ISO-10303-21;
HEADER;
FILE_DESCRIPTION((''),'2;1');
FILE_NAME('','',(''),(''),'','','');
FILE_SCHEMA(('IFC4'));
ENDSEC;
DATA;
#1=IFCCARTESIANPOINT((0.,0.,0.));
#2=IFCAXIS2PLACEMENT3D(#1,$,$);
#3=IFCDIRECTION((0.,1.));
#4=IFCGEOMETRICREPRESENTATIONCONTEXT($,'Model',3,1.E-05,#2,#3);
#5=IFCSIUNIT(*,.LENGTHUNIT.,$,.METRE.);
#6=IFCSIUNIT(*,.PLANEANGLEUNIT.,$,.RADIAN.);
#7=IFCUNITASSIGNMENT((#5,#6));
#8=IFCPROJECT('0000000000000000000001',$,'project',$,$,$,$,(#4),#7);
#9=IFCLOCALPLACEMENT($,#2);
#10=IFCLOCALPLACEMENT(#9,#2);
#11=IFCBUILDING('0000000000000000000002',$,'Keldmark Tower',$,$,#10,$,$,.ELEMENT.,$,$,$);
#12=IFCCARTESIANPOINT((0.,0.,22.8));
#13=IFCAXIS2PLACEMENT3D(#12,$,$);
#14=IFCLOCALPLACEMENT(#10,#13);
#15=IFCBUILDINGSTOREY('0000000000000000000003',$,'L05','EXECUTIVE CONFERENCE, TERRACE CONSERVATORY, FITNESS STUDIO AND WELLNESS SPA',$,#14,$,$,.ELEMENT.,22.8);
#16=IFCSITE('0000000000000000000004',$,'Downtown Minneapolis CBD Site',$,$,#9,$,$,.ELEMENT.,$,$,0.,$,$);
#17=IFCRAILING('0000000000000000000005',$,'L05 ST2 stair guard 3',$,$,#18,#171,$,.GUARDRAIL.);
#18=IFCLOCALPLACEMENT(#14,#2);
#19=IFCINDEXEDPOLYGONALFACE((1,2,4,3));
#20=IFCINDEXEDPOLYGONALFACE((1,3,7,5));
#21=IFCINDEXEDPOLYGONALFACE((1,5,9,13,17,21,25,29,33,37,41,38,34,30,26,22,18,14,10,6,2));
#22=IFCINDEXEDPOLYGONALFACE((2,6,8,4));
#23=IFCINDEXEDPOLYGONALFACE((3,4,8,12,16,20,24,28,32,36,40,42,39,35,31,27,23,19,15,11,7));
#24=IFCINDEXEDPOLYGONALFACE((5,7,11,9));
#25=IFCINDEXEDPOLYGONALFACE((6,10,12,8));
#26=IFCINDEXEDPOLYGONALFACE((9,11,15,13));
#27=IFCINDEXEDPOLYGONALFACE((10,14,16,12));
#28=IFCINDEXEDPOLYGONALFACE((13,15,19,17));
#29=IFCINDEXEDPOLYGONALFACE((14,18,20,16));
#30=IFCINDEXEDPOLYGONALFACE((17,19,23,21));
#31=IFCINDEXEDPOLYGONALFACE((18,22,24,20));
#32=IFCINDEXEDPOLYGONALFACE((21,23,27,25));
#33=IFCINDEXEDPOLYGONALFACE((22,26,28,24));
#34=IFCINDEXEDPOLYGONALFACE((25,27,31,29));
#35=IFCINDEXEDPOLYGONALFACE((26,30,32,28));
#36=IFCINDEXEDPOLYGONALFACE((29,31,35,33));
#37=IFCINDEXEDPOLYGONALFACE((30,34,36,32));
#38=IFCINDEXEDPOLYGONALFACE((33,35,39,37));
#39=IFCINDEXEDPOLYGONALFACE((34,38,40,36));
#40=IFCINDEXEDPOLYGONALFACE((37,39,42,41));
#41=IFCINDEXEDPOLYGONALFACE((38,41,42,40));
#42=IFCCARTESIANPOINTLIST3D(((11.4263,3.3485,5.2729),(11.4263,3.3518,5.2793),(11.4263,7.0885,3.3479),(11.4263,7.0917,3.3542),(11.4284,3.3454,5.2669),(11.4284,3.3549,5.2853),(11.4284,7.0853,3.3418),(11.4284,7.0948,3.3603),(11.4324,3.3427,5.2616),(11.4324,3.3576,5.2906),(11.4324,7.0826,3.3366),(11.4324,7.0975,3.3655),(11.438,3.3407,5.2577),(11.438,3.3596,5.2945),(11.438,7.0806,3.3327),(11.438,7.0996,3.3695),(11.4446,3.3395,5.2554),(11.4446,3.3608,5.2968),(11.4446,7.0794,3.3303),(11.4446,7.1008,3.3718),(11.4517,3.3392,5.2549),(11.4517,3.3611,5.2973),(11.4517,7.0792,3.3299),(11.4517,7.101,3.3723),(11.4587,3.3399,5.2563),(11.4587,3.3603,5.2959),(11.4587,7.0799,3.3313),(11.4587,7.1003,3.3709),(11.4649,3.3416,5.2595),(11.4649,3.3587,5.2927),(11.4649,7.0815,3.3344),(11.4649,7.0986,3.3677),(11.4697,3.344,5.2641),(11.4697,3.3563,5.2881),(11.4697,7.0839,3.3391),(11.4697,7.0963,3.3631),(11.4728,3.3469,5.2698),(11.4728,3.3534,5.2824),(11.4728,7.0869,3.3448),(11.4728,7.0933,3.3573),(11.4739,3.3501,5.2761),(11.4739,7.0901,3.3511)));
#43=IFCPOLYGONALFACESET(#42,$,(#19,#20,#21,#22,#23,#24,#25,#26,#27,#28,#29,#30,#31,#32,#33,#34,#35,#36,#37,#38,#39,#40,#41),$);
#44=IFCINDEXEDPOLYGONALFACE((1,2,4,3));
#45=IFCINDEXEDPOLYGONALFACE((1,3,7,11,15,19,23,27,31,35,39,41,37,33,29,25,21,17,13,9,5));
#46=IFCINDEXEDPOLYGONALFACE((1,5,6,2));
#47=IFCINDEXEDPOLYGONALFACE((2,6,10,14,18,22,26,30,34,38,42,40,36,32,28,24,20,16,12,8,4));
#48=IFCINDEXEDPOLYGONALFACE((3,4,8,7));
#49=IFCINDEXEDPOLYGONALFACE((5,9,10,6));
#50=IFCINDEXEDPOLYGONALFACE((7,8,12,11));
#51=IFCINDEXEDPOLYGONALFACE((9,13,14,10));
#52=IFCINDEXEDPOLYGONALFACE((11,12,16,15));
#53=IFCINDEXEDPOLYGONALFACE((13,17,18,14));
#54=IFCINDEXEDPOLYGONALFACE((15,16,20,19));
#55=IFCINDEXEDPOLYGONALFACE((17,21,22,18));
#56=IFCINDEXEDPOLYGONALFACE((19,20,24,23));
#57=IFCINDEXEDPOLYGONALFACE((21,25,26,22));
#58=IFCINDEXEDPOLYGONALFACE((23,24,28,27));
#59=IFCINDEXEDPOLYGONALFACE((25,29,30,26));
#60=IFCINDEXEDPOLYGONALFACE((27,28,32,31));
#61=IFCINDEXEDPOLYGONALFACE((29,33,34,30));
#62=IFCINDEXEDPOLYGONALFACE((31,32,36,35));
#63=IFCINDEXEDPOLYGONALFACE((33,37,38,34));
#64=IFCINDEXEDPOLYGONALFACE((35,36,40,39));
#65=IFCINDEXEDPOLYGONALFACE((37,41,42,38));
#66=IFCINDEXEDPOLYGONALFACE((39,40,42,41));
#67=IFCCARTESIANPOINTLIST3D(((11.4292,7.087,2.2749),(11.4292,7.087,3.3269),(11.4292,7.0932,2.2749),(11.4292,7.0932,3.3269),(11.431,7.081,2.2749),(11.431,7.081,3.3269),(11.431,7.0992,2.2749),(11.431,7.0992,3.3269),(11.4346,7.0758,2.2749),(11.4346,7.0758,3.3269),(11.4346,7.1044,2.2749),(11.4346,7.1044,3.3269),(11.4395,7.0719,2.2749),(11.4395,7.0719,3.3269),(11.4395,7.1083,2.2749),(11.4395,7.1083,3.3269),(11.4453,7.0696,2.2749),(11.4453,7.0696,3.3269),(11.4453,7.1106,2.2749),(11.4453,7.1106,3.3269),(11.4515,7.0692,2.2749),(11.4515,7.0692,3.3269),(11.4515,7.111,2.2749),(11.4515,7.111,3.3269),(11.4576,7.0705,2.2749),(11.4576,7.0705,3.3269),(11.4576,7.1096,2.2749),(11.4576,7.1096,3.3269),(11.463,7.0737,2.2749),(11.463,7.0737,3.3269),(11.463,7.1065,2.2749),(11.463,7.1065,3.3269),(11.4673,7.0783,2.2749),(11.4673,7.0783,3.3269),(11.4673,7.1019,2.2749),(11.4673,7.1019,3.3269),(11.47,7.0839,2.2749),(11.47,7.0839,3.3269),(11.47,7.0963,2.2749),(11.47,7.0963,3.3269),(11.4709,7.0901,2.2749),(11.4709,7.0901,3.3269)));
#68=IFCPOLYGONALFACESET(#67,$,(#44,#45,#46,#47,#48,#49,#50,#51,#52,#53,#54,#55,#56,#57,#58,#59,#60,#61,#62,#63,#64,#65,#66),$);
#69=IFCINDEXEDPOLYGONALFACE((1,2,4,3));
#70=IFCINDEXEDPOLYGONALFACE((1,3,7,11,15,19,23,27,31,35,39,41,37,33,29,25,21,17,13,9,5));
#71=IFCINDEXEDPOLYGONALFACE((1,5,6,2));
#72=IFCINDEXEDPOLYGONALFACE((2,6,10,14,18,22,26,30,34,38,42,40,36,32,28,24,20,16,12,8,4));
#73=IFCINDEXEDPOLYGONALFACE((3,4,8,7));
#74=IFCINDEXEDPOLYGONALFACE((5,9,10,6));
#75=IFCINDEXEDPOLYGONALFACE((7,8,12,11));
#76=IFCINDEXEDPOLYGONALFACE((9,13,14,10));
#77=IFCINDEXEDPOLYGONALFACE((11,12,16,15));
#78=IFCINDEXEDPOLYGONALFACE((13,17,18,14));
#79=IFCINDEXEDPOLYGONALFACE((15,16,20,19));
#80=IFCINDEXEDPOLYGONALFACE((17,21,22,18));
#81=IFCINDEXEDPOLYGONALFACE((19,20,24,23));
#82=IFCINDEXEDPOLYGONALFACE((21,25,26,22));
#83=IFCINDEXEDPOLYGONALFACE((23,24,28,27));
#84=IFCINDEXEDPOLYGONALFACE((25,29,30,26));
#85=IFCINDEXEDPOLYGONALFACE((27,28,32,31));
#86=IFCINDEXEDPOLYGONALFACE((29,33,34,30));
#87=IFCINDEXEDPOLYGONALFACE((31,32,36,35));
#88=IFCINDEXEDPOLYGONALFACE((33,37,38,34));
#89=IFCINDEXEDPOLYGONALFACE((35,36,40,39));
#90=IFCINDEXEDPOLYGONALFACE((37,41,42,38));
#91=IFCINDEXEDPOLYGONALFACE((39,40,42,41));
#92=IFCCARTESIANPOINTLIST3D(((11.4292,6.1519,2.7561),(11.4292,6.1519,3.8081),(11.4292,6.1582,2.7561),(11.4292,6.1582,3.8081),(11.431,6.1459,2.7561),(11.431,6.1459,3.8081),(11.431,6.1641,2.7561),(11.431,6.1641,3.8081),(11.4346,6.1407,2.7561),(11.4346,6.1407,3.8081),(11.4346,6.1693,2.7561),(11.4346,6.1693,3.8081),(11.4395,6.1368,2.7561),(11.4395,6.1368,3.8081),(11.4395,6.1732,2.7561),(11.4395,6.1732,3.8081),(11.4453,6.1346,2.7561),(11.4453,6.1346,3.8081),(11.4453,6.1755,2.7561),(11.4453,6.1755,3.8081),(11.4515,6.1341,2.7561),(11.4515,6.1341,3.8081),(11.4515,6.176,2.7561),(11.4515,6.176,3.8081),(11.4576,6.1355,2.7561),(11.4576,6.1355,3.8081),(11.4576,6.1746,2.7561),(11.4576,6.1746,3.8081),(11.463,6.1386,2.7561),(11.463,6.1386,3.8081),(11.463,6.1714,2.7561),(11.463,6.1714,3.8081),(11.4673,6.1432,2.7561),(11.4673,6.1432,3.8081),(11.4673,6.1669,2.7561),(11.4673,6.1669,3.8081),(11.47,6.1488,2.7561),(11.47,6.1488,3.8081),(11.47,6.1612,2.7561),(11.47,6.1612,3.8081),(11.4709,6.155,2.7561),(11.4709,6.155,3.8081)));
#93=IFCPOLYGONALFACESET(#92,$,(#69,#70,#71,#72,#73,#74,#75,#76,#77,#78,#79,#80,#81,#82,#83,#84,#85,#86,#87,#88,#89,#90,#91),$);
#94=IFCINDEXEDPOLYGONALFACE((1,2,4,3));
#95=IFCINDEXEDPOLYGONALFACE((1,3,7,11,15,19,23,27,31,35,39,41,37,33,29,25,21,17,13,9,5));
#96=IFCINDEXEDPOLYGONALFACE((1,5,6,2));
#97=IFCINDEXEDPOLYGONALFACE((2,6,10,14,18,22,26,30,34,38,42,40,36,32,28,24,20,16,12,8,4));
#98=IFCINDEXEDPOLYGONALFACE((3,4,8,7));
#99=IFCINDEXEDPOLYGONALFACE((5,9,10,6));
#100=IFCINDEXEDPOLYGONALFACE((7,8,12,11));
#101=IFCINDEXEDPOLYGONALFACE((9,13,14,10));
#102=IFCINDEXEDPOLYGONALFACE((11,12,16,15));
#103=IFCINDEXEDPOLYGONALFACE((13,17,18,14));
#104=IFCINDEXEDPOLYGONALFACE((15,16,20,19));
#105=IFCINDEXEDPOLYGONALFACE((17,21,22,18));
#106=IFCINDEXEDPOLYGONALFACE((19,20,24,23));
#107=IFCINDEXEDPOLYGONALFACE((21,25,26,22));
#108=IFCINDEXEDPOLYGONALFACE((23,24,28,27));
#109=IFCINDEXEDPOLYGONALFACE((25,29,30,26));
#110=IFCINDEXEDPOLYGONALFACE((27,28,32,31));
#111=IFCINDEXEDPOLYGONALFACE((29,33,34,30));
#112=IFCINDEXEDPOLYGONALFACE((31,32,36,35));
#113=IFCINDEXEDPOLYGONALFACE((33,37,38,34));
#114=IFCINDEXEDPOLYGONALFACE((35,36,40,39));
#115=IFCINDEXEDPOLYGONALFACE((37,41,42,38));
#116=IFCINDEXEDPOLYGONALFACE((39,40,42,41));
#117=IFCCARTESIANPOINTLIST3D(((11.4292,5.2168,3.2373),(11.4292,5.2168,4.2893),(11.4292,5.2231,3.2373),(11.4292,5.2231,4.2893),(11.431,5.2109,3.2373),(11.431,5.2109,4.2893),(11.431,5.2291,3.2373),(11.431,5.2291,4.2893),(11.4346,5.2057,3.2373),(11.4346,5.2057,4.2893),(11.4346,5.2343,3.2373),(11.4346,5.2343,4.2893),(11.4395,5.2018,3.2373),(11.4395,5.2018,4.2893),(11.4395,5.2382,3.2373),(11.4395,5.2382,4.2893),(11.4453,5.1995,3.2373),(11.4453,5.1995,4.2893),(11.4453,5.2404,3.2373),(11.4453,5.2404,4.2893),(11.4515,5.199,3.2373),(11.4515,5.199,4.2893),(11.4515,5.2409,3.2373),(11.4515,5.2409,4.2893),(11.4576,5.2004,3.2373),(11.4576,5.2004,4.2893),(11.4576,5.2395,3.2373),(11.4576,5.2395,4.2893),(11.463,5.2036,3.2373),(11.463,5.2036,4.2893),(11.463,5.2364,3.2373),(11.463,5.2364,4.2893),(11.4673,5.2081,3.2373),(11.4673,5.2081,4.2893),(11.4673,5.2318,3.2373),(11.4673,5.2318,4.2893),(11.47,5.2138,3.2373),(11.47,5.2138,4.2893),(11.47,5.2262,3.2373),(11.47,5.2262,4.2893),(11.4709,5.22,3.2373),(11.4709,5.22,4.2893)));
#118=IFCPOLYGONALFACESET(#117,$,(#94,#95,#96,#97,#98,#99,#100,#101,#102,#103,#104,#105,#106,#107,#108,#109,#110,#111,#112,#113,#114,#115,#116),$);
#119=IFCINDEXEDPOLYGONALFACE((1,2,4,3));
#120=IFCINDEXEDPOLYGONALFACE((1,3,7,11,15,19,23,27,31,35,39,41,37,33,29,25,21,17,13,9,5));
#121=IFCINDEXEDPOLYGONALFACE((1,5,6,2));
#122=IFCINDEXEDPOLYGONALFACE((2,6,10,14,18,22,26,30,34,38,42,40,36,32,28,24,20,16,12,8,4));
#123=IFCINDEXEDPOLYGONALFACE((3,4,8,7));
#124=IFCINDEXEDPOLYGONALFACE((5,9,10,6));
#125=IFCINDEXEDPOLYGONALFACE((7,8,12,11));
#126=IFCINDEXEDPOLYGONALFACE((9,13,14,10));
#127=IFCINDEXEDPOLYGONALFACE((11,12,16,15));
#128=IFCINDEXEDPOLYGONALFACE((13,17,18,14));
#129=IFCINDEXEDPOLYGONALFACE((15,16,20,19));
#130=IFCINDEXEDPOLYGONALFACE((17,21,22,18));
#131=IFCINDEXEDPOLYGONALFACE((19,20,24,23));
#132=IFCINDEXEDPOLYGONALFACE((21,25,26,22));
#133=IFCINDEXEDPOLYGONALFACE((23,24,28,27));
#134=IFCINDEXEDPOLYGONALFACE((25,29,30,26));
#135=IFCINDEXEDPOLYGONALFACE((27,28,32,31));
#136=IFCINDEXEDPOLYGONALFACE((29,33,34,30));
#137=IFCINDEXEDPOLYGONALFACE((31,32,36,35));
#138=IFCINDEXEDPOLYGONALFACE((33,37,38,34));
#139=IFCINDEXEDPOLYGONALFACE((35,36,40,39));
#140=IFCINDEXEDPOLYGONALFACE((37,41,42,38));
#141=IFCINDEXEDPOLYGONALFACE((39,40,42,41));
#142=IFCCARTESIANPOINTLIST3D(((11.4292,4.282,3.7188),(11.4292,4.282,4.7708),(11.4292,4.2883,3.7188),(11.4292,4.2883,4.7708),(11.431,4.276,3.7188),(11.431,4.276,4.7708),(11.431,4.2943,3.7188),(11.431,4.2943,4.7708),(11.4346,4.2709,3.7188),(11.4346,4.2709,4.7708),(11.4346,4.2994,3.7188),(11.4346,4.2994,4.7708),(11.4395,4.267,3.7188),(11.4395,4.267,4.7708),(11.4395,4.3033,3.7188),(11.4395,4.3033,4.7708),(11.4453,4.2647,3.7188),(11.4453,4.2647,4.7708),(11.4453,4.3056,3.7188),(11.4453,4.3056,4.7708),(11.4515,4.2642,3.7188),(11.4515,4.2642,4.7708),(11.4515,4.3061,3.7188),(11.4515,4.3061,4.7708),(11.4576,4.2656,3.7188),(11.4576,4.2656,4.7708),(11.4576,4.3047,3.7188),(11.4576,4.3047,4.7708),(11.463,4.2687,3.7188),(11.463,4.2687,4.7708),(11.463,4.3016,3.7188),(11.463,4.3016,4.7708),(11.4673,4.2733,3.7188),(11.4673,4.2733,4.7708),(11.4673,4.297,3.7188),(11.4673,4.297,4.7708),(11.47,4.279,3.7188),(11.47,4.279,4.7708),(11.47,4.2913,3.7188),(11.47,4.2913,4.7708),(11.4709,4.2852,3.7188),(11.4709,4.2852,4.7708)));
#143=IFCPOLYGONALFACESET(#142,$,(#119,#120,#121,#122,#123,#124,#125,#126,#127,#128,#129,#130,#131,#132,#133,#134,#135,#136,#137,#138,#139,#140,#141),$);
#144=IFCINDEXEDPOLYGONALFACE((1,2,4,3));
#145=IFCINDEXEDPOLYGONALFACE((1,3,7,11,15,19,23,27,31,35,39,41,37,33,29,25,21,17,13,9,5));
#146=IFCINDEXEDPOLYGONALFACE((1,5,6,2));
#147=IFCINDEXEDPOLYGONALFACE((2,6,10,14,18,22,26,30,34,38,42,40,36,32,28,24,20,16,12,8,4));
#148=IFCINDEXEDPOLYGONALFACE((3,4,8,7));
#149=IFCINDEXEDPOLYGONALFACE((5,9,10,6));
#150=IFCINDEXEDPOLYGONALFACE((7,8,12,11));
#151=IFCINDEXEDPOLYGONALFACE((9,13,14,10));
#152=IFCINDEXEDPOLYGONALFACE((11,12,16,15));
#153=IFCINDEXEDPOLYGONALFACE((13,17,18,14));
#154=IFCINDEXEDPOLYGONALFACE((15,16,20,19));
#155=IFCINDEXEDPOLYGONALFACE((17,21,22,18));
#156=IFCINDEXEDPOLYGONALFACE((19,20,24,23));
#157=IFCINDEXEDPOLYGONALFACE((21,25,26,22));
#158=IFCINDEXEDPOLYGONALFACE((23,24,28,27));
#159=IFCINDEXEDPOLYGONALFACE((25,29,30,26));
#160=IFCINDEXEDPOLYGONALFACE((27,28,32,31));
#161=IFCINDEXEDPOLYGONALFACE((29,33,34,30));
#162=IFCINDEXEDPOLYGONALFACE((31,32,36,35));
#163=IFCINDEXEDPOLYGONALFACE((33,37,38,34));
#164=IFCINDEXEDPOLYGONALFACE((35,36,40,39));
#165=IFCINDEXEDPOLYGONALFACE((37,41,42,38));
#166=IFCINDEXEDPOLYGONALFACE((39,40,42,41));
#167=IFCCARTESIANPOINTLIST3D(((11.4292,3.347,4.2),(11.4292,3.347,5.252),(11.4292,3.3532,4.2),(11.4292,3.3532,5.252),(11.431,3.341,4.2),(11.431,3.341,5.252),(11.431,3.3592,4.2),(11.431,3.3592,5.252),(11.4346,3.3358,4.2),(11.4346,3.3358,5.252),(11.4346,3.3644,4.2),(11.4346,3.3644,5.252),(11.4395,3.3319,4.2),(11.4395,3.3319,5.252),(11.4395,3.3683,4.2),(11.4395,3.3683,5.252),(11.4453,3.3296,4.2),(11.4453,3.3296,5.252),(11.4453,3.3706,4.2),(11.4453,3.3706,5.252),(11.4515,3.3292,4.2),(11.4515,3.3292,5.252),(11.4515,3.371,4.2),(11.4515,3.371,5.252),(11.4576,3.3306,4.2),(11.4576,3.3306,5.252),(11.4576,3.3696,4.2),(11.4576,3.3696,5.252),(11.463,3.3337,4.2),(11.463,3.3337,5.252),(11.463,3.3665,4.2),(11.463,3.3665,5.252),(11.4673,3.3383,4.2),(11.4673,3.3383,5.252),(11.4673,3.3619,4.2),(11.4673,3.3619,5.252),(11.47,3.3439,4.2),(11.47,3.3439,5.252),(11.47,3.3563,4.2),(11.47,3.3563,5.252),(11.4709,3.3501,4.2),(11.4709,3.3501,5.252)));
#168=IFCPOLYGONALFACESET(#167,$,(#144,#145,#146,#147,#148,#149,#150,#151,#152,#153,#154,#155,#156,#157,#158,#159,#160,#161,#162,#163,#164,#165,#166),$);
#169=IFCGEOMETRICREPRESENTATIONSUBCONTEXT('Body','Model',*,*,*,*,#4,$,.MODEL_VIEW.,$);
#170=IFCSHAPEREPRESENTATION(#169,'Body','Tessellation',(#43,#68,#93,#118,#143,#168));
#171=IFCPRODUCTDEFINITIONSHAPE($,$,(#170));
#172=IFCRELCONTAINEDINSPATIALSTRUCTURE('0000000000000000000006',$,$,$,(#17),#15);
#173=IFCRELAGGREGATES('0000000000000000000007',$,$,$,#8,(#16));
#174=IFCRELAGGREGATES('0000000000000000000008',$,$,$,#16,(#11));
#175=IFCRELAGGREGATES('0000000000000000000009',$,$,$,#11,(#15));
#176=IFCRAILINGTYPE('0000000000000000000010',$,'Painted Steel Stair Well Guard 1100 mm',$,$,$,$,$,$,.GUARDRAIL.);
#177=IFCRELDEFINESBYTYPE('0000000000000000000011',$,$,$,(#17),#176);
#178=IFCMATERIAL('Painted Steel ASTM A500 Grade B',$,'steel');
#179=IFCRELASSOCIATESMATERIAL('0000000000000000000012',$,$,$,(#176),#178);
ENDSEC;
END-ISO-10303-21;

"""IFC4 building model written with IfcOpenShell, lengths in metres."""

from ifc_helpers import new_model, si_unit, direction, frame, origin, origin_2d, place, context, subcontext, project, spatial, circle, extrude, material, type_object, element, save


model = new_model("IFC4")

# Units and contexts
model_context = context("Model", 3, precision=1e-05, world=origin(), true_north=direction((0.0, 1.0)))
body_context = subcontext(model_context, "Body", "Model", "MODEL_VIEW")
ifc_project = project(units=[si_unit("LENGTHUNIT", "METRE"), si_unit("PLANEANGLEUNIT", "RADIAN")], contexts=[model_context])

# Site, building, storey
site_placement = place(None, origin())
site = spatial("IfcSite", under=ifc_project, at=site_placement, Name="Downtown Minneapolis CBD Site", CompositionType="ELEMENT", RefElevation=0.0)
building_placement = place(site_placement, origin())
building = spatial("IfcBuilding", under=site, at=building_placement, Name="Keldmark Tower", CompositionType="ELEMENT")
storey_placement = place(building_placement, frame((0.0, 0.0, 22.8)))
storey = spatial("IfcBuildingStorey", under=building, at=storey_placement, Name="L05", Description="EXECUTIVE CONFERENCE, TERRACE CONSERVATORY, FITNESS STUDIO AND WELLNESS SPA", CompositionType="ELEMENT", Elevation=22.8)

# Railing
ifc_material_1 = material(Name="Painted Steel ASTM A500 Grade B", Category="steel")
railing_type_1 = type_object("IfcRailingType", Name="Painted Steel Stair Well Guard 1100 mm", PredefinedType="GUARDRAIL", material=ifc_material_1)
railing_1_placement = place(storey_placement, frame((11.45, 7.0901, 2.2749)))
element("IfcRailing", 1, at=railing_1_placement, inside=storey, type_object=railing_type_1, Name="L05 ST2 stair guard 3", PredefinedType="GUARDRAIL", context=body_context, shape_type="SweptSolid", body=[
    extrude(circle(Radius=0.0239, at=origin_2d()), frame((0.0, 0.0, 1.0762), z_axis=(0.0, -0.889131, 0.457654), x_axis=(1.0, 0.0, 0.0)), (0.0, 0.0, 1.0), 4.2063),
    extrude(circle(Radius=0.021, at=origin_2d()), origin(), (0.0, 0.0, 1.0), 1.052),
    extrude(circle(Radius=0.021, at=origin_2d()), frame((0.0, -0.9351, 0.4812)), (0.0, 0.0, 1.0), 1.052),
    extrude(circle(Radius=0.021, at=origin_2d()), frame((0.0, -1.8701, 0.9624)), (0.0, 0.0, 1.0), 1.052),
    extrude(circle(Radius=0.021, at=origin_2d()), frame((0.0, -2.8049, 1.4438)), (0.0, 0.0, 1.0), 1.052),
    extrude(circle(Radius=0.021, at=origin_2d()), frame((0.0, -3.74, 1.925)), (0.0, 0.0, 1.0), 1.052),
])

save(model, "model.ifc")
